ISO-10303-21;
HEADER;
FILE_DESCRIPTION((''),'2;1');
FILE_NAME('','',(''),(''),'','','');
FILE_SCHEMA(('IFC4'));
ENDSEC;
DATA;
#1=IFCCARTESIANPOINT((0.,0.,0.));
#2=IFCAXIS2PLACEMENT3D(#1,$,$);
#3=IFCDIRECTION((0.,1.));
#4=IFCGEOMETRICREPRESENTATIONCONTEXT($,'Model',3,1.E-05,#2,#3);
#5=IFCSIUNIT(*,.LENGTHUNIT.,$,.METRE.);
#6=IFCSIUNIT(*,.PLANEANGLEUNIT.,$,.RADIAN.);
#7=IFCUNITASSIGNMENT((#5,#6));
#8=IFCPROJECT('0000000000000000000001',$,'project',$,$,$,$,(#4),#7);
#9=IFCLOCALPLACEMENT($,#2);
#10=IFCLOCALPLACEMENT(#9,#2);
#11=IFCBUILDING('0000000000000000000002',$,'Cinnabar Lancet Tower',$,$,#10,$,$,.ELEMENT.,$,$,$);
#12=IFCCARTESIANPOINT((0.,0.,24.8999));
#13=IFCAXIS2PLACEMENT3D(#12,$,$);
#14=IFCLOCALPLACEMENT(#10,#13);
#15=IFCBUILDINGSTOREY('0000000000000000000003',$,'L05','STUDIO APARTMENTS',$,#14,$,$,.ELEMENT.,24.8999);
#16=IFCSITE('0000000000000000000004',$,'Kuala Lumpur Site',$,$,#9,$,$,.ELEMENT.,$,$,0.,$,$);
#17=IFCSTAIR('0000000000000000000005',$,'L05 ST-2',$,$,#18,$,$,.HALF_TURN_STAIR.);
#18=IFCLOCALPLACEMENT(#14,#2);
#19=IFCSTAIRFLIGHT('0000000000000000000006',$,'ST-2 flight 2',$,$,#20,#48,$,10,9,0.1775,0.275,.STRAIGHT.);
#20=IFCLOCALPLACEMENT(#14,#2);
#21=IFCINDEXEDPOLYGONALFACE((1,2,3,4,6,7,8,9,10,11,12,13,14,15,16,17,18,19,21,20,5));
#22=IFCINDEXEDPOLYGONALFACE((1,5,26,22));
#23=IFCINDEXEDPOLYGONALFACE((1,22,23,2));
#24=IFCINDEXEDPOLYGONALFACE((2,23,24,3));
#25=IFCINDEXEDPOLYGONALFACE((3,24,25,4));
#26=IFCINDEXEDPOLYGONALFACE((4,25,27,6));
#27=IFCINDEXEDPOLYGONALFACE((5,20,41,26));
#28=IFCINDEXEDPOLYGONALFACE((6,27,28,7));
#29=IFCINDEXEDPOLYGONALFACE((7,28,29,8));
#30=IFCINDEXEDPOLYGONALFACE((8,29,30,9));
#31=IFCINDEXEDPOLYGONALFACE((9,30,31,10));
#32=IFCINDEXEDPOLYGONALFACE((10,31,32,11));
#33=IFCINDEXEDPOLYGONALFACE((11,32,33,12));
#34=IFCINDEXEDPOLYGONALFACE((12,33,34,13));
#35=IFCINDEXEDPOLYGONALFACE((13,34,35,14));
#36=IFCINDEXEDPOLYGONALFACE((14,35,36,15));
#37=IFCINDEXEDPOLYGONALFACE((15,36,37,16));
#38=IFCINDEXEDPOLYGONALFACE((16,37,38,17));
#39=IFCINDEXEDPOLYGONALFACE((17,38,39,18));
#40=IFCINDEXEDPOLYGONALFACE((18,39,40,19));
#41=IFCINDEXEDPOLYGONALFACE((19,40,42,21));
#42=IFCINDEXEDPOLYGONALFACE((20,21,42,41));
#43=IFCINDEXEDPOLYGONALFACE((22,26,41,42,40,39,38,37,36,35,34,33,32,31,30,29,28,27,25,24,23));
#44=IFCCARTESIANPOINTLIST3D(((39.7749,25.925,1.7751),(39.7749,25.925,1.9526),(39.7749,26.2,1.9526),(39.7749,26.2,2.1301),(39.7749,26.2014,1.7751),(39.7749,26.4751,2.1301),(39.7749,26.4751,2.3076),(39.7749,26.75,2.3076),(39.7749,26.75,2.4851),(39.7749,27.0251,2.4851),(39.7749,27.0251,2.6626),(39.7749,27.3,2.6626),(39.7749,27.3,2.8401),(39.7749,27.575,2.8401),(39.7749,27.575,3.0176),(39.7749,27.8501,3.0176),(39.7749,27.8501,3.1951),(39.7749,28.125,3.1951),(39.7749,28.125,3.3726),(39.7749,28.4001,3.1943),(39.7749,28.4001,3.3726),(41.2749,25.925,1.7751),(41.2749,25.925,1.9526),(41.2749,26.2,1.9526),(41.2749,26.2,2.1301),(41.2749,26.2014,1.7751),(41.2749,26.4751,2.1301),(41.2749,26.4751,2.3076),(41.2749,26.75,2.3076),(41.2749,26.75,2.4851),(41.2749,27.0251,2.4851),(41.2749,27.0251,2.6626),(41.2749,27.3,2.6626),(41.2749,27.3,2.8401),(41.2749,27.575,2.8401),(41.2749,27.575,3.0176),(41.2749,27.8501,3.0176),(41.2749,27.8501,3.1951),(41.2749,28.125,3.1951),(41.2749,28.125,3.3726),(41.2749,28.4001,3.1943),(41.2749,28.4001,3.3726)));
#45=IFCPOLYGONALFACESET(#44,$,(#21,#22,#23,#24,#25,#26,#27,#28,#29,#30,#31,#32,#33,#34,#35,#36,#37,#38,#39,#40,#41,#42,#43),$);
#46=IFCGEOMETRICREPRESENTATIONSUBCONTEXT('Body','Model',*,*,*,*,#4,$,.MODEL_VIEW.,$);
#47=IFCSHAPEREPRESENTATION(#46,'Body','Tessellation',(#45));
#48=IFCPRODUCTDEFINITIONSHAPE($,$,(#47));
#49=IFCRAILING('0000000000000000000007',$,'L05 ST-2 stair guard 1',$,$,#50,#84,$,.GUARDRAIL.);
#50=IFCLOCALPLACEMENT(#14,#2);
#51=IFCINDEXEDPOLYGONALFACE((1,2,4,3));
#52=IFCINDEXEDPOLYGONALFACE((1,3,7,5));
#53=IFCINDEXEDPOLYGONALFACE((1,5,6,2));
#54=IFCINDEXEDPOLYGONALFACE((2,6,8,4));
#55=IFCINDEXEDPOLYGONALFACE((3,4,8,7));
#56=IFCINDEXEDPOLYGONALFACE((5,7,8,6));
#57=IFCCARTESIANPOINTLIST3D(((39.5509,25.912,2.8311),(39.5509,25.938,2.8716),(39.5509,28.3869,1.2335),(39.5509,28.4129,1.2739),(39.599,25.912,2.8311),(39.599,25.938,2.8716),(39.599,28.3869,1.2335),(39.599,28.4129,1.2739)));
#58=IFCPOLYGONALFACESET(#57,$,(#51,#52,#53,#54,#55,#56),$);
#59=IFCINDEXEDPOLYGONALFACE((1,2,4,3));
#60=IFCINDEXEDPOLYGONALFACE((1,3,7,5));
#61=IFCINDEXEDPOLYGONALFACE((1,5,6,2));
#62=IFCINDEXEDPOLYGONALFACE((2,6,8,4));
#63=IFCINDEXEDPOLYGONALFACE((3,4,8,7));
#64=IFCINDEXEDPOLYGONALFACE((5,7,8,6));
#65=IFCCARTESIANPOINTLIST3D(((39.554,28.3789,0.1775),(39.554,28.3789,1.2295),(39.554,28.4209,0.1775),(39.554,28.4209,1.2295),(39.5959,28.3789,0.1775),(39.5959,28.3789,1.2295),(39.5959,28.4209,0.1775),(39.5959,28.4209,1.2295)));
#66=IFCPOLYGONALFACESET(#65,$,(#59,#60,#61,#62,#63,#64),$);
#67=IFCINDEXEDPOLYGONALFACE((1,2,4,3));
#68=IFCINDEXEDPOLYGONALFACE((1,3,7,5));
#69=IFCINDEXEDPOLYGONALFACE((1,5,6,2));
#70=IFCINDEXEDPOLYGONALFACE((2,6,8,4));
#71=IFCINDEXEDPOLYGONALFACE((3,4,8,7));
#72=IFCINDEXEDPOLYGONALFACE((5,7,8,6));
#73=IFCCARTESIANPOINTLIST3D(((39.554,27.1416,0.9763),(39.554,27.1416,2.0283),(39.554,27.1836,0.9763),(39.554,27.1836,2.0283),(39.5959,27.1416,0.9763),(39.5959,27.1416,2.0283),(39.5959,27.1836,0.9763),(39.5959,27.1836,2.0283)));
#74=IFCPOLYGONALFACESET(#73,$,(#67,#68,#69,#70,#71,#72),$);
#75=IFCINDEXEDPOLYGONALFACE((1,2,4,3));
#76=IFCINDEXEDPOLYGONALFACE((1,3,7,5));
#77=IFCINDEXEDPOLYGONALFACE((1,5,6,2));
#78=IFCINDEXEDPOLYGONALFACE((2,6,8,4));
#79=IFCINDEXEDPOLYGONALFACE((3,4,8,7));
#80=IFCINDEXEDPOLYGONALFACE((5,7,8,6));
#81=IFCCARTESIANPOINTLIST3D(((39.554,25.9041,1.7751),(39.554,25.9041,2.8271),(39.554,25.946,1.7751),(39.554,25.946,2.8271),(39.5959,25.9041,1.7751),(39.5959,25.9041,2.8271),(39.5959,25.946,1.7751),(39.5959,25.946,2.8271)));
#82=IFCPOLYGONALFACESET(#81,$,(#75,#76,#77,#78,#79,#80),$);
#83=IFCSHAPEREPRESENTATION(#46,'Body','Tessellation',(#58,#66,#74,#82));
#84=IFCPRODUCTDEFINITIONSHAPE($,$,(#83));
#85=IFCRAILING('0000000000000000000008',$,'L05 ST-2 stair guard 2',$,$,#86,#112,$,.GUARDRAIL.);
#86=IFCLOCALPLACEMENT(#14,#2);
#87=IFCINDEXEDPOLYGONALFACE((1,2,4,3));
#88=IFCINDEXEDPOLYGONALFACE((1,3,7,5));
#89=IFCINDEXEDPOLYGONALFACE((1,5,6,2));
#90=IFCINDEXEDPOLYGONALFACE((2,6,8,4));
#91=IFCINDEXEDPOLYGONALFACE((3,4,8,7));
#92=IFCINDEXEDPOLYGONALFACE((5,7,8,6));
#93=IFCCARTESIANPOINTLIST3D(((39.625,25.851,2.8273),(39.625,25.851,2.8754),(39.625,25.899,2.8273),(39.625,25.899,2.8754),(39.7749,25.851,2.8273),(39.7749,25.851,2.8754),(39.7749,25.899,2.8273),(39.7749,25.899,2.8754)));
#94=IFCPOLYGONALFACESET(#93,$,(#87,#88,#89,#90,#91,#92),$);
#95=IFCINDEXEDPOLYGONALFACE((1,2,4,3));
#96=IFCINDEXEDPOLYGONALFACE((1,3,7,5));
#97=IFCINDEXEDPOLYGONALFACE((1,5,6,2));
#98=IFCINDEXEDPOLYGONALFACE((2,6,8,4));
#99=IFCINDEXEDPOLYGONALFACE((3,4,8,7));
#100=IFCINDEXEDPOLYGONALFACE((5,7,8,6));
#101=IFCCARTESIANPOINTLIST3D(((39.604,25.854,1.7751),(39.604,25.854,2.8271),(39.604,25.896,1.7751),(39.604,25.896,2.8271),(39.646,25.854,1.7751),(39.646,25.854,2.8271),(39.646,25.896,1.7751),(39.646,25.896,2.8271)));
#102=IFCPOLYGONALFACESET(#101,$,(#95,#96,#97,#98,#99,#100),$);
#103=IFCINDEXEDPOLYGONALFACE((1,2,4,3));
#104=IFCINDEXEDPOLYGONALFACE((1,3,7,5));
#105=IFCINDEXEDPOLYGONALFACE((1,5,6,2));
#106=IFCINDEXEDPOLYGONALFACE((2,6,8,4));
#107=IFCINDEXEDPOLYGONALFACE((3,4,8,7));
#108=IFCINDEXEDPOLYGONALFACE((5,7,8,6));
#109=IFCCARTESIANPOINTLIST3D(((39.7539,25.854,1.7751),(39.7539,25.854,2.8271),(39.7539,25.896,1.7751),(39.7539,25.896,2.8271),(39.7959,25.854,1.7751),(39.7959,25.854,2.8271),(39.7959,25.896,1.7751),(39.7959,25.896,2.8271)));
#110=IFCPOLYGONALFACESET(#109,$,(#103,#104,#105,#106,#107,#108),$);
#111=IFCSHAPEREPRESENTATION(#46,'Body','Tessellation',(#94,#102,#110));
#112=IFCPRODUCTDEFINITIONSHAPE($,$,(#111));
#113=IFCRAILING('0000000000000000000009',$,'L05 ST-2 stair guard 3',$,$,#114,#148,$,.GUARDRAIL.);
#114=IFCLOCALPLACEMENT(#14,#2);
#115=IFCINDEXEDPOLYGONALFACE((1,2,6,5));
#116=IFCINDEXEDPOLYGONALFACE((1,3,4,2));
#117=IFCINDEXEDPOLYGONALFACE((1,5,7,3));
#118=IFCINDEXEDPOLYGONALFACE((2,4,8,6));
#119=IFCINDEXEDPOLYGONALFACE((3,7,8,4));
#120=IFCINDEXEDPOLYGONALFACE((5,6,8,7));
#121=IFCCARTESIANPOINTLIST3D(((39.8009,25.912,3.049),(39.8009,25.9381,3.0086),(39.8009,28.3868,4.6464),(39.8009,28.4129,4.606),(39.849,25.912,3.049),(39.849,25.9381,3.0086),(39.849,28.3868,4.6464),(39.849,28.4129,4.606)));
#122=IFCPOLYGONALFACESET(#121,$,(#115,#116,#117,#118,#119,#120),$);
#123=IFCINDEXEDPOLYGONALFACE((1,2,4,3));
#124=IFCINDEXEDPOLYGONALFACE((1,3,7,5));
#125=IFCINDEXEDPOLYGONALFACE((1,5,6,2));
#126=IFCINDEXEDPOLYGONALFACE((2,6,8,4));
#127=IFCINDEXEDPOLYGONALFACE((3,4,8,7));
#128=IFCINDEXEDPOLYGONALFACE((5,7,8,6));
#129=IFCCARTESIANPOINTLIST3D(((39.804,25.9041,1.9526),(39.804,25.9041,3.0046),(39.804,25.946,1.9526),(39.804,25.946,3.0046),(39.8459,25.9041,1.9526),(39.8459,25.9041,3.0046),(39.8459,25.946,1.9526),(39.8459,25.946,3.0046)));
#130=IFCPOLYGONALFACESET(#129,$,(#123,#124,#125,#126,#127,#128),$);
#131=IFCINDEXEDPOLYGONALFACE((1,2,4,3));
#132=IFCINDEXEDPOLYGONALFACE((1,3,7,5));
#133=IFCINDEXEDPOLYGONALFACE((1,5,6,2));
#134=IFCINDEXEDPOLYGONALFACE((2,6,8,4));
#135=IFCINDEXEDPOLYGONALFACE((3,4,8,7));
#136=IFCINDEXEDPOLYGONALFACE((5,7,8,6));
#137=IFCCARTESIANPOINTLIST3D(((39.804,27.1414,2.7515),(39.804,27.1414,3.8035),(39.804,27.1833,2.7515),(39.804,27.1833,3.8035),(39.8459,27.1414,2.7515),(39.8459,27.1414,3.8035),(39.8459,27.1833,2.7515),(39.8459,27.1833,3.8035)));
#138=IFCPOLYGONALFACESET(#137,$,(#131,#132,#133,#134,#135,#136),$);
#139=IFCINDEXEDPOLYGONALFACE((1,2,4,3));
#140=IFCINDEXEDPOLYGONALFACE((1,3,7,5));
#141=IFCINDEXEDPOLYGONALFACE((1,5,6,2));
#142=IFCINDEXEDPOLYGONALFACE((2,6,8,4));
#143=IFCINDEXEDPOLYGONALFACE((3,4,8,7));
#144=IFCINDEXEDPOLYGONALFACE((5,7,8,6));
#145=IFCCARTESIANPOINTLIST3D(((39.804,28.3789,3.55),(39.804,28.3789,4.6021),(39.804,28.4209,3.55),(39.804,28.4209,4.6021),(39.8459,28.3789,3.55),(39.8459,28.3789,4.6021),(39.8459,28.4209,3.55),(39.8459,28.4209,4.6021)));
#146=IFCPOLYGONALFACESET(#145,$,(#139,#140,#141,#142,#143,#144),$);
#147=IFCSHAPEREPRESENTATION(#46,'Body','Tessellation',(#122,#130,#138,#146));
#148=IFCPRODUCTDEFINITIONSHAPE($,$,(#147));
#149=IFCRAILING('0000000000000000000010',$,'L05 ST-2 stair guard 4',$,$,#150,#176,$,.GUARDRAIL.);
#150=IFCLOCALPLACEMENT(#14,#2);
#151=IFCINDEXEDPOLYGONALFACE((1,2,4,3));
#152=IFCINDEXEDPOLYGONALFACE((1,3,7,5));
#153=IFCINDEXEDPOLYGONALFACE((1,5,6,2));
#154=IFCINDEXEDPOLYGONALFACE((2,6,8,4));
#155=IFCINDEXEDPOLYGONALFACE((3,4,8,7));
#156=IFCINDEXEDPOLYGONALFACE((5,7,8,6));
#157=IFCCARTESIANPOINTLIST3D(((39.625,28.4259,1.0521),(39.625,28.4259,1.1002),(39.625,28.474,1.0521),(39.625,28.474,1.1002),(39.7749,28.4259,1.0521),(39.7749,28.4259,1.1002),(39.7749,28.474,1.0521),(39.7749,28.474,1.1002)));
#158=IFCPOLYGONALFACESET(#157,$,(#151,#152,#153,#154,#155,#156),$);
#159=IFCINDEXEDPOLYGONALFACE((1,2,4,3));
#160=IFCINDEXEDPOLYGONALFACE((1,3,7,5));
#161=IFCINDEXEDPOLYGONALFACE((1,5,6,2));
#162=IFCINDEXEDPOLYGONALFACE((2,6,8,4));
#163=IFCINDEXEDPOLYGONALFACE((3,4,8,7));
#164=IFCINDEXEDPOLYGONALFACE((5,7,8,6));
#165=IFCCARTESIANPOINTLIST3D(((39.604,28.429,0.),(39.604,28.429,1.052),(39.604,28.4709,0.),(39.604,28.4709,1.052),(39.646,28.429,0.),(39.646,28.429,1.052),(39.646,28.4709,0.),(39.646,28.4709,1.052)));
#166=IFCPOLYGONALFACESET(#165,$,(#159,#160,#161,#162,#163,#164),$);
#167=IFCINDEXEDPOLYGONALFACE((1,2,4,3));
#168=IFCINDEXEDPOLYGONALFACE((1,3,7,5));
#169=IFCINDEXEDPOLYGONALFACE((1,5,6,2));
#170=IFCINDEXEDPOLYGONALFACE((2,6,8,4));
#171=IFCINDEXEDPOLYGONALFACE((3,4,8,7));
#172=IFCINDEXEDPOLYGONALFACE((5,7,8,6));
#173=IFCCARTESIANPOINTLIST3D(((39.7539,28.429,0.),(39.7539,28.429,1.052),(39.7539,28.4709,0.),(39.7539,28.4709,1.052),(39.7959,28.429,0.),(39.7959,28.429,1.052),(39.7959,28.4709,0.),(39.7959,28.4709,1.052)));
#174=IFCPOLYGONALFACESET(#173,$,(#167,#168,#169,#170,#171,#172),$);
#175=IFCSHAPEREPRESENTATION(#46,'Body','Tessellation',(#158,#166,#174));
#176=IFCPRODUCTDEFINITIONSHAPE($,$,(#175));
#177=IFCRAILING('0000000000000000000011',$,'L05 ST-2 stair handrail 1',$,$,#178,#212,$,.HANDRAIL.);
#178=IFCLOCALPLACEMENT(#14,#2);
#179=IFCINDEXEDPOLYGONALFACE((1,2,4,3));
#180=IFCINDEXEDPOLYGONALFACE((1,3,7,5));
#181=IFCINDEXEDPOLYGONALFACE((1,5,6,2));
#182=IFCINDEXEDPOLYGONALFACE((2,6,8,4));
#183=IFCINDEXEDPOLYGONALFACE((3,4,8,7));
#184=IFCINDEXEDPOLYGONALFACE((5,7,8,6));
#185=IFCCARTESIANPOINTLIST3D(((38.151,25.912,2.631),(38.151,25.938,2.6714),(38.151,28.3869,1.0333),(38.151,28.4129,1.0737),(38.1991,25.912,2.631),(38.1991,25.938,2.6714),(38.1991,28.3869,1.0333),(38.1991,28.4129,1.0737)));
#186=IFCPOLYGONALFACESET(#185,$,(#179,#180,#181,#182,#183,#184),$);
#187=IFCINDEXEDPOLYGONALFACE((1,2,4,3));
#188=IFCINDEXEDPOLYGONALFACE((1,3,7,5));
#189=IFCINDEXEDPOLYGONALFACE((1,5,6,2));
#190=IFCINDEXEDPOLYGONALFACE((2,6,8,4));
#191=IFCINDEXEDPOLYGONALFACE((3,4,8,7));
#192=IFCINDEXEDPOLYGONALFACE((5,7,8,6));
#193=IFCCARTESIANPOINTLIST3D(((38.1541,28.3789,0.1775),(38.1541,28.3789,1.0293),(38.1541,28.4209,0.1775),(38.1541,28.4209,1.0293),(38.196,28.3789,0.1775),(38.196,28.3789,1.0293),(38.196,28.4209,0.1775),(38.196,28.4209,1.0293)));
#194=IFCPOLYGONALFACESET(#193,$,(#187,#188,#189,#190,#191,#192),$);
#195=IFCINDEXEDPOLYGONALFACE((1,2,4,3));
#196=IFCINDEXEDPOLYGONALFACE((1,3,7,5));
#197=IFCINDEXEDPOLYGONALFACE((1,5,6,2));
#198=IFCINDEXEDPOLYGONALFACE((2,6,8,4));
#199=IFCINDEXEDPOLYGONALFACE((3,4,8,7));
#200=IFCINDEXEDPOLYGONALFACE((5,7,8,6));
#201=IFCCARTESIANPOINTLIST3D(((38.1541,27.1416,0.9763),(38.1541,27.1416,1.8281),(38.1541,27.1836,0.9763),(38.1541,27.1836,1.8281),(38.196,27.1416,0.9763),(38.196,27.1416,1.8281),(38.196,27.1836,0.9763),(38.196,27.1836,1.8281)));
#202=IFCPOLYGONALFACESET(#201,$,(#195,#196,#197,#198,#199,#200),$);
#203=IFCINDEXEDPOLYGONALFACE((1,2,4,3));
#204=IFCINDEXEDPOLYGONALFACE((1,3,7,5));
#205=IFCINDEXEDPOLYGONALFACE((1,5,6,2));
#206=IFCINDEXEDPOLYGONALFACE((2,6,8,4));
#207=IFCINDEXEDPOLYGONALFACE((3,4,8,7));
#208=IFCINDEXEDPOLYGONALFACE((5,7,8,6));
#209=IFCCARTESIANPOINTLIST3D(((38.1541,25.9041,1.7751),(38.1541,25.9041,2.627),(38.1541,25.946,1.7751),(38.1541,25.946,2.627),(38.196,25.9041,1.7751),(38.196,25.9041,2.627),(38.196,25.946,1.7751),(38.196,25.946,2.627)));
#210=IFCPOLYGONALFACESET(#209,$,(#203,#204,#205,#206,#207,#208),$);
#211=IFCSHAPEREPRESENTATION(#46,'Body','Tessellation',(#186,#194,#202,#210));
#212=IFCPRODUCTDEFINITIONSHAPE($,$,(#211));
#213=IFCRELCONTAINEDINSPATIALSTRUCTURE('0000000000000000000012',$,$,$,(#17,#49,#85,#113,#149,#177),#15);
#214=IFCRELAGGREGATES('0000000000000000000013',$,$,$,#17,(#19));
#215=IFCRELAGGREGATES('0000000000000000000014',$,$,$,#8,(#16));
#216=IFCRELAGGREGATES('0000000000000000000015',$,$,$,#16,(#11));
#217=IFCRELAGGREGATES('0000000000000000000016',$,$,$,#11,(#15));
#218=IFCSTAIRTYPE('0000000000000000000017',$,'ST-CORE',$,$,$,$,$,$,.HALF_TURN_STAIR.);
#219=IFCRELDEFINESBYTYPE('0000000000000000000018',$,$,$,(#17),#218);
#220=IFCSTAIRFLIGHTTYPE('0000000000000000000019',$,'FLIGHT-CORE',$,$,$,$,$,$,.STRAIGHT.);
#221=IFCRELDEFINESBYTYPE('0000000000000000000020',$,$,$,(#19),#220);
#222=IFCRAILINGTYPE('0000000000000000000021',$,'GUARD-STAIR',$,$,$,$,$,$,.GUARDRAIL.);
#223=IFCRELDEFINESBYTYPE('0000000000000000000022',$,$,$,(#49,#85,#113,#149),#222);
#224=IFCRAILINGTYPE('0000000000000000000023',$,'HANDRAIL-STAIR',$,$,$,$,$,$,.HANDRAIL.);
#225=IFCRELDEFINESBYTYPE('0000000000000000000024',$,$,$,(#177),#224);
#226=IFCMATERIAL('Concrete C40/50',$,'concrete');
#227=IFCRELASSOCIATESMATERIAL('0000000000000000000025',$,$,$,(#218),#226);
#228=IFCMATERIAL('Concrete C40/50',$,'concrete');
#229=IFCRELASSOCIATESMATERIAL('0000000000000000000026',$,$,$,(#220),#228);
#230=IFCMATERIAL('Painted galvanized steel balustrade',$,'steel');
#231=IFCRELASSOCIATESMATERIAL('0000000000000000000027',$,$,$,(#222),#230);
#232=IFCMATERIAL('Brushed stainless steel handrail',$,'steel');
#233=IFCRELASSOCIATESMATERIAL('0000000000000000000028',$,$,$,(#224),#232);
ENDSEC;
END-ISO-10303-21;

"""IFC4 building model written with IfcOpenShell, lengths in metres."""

from ifc_helpers import new_model, si_unit, direction, frame, origin, origin_2d, place, context, subcontext, project, spatial, polyline, rectangle, outline, extrude, material, type_object, element, aggregate, save


model = new_model("IFC4")

# Units and contexts
model_context = context("Model", 3, precision=1e-05, world=origin(), true_north=direction((0.0, 1.0)))
body_context = subcontext(model_context, "Body", "Model", "MODEL_VIEW")
ifc_project = project(units=[si_unit("LENGTHUNIT", "METRE"), si_unit("PLANEANGLEUNIT", "RADIAN")], contexts=[model_context])

# Site, building, storey
site_placement = place(None, origin())
site = spatial("IfcSite", under=ifc_project, at=site_placement, Name="Kuala Lumpur Site", CompositionType="ELEMENT", RefElevation=0.0)
building_placement = place(site_placement, origin())
building = spatial("IfcBuilding", under=site, at=building_placement, Name="Cinnabar Lancet Tower", CompositionType="ELEMENT")
storey_placement = place(building_placement, frame((0.0, 0.0, 24.8999)))
storey = spatial("IfcBuildingStorey", under=building, at=storey_placement, Name="L05", Description="STUDIO APARTMENTS", CompositionType="ELEMENT", Elevation=24.8999)

# Stair, stair flight
ifc_material_1 = material(Name="Concrete C40/50", Category="concrete")
stair_type = type_object("IfcStairType", Name="ST-CORE", PredefinedType="HALF_TURN_STAIR", material=ifc_material_1)
stair_placement = place(storey_placement, origin())
stair = element("IfcStair", 1, at=stair_placement, inside=storey, type_object=stair_type, Name="L05 ST-2", PredefinedType="HALF_TURN_STAIR")
ifc_material_2 = material(Name="Concrete C40/50", Category="concrete")
stair_flight_type = type_object("IfcStairFlightType", Name="FLIGHT-CORE", PredefinedType="STRAIGHT", material=ifc_material_2)
stair_flight_1_placement = place(storey_placement, frame((40.5249, 25.925, 1.7751), z_axis=(0.0, 0.0, 1.0), x_axis=(0.0, 1.0, 0.0)))
stair_flight_1 = element("IfcStairFlight", 2, at=stair_flight_1_placement, type_object=stair_flight_type, Name="ST-2 flight 2", NumberOfRisers=10, NumberOfTreads=9, PredefinedType="STRAIGHT", RiserHeight=0.1775, TreadLength=0.275, context=body_context, shape_type="SweptSolid", body=[
    extrude(outline(polyline([(0.0, 0.0), (0.0, 0.1775), (0.2749, 0.1775), (0.2749, 0.355), (0.55, 0.355), (0.55, 0.5325), (0.825, 0.5325), (0.825, 0.71), (1.1001, 0.71), (1.1001, 0.8875), (1.375, 0.8875), (1.375, 1.0649), (1.6499, 1.0649), (1.6499, 1.2424), (1.925, 1.2424), (1.925, 1.4199), (2.2, 1.4199), (2.2, 1.5974), (2.4751, 1.5974), (2.4751, 1.7749), (2.4751, 1.4192), (0.2764, 0.0), (0.0, 0.0)])), frame((0.0, 0.75, 0.0), z_axis=(0.0, -1.0, 0.0), x_axis=(1.0, 0.0, 0.0)), (0.0, 0.0, 1.0), 1.5),
])
aggregate(stair, [stair_flight_1])

# Railings
ifc_material_3 = material(Name="Painted galvanized steel balustrade", Category="steel")
railing_type_1 = type_object("IfcRailingType", Name="GUARD-STAIR", PredefinedType="GUARDRAIL", material=ifc_material_3)
railing_1_placement = place(storey_placement, frame((39.575, 28.3999, 0.1775)))
element("IfcRailing", 3, at=railing_1_placement, inside=storey, type_object=railing_type_1, Name="L05 ST-2 stair guard 1", PredefinedType="GUARDRAIL", context=body_context, shape_type="SweptSolid", body=[
    extrude(rectangle(XDim=0.0481, YDim=0.0481, at=origin_2d()), frame((0.0, 0.0, 1.0762), z_axis=(0.0, -0.840146, 0.542361), x_axis=(1.0, 0.0, 0.0)), (0.0, 0.0, 1.0), 2.9458),
    extrude(rectangle(XDim=0.042, YDim=0.042, at=origin_2d()), origin(), (0.0, 0.0, 1.0), 1.052),
    extrude(rectangle(XDim=0.042, YDim=0.042, at=origin_2d()), frame((0.0, -1.2373, 0.7988)), (0.0, 0.0, 1.0), 1.052),
    extrude(rectangle(XDim=0.042, YDim=0.042, at=origin_2d()), frame((0.0, -2.4749, 1.5977)), (0.0, 0.0, 1.0), 1.052),
])
railing_2_placement = place(storey_placement, frame((39.625, 25.875, 1.7751)))
element("IfcRailing", 4, at=railing_2_placement, inside=storey, type_object=railing_type_1, Name="L05 ST-2 stair guard 2", PredefinedType="GUARDRAIL", context=body_context, shape_type="SweptSolid", body=[
    extrude(rectangle(XDim=0.0481, YDim=0.0481, at=origin_2d()), frame((0.0, 0.0, 1.0762), z_axis=(1.0, 0.0, 0.0), x_axis=(0.0, 1.0, 0.0)), (0.0, 0.0, 1.0), 0.1499),
    extrude(rectangle(XDim=0.042, YDim=0.042, at=origin_2d()), origin(), (0.0, 0.0, 1.0), 1.052),
    extrude(rectangle(XDim=0.042, YDim=0.042, at=origin_2d()), frame((0.1499, 0.0, 0.0)), (0.0, 0.0, 1.0), 1.052),
])
railing_3_placement = place(storey_placement, frame((39.825, 25.925, 1.9526)))
element("IfcRailing", 5, at=railing_3_placement, inside=storey, type_object=railing_type_1, Name="L05 ST-2 stair guard 3", PredefinedType="GUARDRAIL", context=body_context, shape_type="SweptSolid", body=[
    extrude(rectangle(XDim=0.0481, YDim=0.0481, at=origin_2d()), frame((0.0, 0.0, 1.0762), z_axis=(0.0, 0.840183, 0.542302), x_axis=(-1.0, 0.0, 0.0)), (0.0, 0.0, 1.0), 2.9456),
    extrude(rectangle(XDim=0.042, YDim=0.042, at=origin_2d()), origin(), (0.0, 0.0, 1.0), 1.052),
    extrude(rectangle(XDim=0.042, YDim=0.042, at=origin_2d()), frame((0.0, 1.2373, 0.7988)), (0.0, 0.0, 1.0), 1.052),
    extrude(rectangle(XDim=0.042, YDim=0.042, at=origin_2d()), frame((0.0, 2.4749, 1.5974)), (0.0, 0.0, 1.0), 1.052),
])
railing_4_placement = place(storey_placement, frame((39.625, 28.45, 0.0)))
element("IfcRailing", 6, at=railing_4_placement, inside=storey, type_object=railing_type_1, Name="L05 ST-2 stair guard 4", PredefinedType="GUARDRAIL", context=body_context, shape_type="SweptSolid", body=[
    extrude(rectangle(XDim=0.0481, YDim=0.0481, at=origin_2d()), frame((0.0, 0.0, 1.0762), z_axis=(1.0, 0.0, 0.0), x_axis=(0.0, 1.0, 0.0)), (0.0, 0.0, 1.0), 0.1499),
    extrude(rectangle(XDim=0.042, YDim=0.042, at=origin_2d()), origin(), (0.0, 0.0, 1.0), 1.052),
    extrude(rectangle(XDim=0.042, YDim=0.042, at=origin_2d()), frame((0.1499, 0.0, 0.0)), (0.0, 0.0, 1.0), 1.052),
])
ifc_material_4 = material(Name="Brushed stainless steel handrail", Category="steel")
railing_type_2 = type_object("IfcRailingType", Name="HANDRAIL-STAIR", PredefinedType="HANDRAIL", material=ifc_material_4)
railing_5_placement = place(storey_placement, frame((38.175, 28.3999, 0.1775)))
element("IfcRailing", 7, at=railing_5_placement, inside=storey, type_object=railing_type_2, Name="L05 ST-2 stair handrail 1", PredefinedType="HANDRAIL", context=body_context, shape_type="SweptSolid", body=[
    extrude(rectangle(XDim=0.0481, YDim=0.0481, at=origin_2d()), frame((0.0, 0.0, 0.876), z_axis=(0.0, -0.840146, 0.542361), x_axis=(1.0, 0.0, 0.0)), (0.0, 0.0, 1.0), 2.9458),
    extrude(rectangle(XDim=0.042, YDim=0.042, at=origin_2d()), origin(), (0.0, 0.0, 1.0), 0.8518),
    extrude(rectangle(XDim=0.042, YDim=0.042, at=origin_2d()), frame((0.0, -1.2373, 0.7988)), (0.0, 0.0, 1.0), 0.8518),
    extrude(rectangle(XDim=0.042, YDim=0.042, at=origin_2d()), frame((0.0, -2.4749, 1.5977)), (0.0, 0.0, 1.0), 0.8518),
])

save(model, "model.ifc")
